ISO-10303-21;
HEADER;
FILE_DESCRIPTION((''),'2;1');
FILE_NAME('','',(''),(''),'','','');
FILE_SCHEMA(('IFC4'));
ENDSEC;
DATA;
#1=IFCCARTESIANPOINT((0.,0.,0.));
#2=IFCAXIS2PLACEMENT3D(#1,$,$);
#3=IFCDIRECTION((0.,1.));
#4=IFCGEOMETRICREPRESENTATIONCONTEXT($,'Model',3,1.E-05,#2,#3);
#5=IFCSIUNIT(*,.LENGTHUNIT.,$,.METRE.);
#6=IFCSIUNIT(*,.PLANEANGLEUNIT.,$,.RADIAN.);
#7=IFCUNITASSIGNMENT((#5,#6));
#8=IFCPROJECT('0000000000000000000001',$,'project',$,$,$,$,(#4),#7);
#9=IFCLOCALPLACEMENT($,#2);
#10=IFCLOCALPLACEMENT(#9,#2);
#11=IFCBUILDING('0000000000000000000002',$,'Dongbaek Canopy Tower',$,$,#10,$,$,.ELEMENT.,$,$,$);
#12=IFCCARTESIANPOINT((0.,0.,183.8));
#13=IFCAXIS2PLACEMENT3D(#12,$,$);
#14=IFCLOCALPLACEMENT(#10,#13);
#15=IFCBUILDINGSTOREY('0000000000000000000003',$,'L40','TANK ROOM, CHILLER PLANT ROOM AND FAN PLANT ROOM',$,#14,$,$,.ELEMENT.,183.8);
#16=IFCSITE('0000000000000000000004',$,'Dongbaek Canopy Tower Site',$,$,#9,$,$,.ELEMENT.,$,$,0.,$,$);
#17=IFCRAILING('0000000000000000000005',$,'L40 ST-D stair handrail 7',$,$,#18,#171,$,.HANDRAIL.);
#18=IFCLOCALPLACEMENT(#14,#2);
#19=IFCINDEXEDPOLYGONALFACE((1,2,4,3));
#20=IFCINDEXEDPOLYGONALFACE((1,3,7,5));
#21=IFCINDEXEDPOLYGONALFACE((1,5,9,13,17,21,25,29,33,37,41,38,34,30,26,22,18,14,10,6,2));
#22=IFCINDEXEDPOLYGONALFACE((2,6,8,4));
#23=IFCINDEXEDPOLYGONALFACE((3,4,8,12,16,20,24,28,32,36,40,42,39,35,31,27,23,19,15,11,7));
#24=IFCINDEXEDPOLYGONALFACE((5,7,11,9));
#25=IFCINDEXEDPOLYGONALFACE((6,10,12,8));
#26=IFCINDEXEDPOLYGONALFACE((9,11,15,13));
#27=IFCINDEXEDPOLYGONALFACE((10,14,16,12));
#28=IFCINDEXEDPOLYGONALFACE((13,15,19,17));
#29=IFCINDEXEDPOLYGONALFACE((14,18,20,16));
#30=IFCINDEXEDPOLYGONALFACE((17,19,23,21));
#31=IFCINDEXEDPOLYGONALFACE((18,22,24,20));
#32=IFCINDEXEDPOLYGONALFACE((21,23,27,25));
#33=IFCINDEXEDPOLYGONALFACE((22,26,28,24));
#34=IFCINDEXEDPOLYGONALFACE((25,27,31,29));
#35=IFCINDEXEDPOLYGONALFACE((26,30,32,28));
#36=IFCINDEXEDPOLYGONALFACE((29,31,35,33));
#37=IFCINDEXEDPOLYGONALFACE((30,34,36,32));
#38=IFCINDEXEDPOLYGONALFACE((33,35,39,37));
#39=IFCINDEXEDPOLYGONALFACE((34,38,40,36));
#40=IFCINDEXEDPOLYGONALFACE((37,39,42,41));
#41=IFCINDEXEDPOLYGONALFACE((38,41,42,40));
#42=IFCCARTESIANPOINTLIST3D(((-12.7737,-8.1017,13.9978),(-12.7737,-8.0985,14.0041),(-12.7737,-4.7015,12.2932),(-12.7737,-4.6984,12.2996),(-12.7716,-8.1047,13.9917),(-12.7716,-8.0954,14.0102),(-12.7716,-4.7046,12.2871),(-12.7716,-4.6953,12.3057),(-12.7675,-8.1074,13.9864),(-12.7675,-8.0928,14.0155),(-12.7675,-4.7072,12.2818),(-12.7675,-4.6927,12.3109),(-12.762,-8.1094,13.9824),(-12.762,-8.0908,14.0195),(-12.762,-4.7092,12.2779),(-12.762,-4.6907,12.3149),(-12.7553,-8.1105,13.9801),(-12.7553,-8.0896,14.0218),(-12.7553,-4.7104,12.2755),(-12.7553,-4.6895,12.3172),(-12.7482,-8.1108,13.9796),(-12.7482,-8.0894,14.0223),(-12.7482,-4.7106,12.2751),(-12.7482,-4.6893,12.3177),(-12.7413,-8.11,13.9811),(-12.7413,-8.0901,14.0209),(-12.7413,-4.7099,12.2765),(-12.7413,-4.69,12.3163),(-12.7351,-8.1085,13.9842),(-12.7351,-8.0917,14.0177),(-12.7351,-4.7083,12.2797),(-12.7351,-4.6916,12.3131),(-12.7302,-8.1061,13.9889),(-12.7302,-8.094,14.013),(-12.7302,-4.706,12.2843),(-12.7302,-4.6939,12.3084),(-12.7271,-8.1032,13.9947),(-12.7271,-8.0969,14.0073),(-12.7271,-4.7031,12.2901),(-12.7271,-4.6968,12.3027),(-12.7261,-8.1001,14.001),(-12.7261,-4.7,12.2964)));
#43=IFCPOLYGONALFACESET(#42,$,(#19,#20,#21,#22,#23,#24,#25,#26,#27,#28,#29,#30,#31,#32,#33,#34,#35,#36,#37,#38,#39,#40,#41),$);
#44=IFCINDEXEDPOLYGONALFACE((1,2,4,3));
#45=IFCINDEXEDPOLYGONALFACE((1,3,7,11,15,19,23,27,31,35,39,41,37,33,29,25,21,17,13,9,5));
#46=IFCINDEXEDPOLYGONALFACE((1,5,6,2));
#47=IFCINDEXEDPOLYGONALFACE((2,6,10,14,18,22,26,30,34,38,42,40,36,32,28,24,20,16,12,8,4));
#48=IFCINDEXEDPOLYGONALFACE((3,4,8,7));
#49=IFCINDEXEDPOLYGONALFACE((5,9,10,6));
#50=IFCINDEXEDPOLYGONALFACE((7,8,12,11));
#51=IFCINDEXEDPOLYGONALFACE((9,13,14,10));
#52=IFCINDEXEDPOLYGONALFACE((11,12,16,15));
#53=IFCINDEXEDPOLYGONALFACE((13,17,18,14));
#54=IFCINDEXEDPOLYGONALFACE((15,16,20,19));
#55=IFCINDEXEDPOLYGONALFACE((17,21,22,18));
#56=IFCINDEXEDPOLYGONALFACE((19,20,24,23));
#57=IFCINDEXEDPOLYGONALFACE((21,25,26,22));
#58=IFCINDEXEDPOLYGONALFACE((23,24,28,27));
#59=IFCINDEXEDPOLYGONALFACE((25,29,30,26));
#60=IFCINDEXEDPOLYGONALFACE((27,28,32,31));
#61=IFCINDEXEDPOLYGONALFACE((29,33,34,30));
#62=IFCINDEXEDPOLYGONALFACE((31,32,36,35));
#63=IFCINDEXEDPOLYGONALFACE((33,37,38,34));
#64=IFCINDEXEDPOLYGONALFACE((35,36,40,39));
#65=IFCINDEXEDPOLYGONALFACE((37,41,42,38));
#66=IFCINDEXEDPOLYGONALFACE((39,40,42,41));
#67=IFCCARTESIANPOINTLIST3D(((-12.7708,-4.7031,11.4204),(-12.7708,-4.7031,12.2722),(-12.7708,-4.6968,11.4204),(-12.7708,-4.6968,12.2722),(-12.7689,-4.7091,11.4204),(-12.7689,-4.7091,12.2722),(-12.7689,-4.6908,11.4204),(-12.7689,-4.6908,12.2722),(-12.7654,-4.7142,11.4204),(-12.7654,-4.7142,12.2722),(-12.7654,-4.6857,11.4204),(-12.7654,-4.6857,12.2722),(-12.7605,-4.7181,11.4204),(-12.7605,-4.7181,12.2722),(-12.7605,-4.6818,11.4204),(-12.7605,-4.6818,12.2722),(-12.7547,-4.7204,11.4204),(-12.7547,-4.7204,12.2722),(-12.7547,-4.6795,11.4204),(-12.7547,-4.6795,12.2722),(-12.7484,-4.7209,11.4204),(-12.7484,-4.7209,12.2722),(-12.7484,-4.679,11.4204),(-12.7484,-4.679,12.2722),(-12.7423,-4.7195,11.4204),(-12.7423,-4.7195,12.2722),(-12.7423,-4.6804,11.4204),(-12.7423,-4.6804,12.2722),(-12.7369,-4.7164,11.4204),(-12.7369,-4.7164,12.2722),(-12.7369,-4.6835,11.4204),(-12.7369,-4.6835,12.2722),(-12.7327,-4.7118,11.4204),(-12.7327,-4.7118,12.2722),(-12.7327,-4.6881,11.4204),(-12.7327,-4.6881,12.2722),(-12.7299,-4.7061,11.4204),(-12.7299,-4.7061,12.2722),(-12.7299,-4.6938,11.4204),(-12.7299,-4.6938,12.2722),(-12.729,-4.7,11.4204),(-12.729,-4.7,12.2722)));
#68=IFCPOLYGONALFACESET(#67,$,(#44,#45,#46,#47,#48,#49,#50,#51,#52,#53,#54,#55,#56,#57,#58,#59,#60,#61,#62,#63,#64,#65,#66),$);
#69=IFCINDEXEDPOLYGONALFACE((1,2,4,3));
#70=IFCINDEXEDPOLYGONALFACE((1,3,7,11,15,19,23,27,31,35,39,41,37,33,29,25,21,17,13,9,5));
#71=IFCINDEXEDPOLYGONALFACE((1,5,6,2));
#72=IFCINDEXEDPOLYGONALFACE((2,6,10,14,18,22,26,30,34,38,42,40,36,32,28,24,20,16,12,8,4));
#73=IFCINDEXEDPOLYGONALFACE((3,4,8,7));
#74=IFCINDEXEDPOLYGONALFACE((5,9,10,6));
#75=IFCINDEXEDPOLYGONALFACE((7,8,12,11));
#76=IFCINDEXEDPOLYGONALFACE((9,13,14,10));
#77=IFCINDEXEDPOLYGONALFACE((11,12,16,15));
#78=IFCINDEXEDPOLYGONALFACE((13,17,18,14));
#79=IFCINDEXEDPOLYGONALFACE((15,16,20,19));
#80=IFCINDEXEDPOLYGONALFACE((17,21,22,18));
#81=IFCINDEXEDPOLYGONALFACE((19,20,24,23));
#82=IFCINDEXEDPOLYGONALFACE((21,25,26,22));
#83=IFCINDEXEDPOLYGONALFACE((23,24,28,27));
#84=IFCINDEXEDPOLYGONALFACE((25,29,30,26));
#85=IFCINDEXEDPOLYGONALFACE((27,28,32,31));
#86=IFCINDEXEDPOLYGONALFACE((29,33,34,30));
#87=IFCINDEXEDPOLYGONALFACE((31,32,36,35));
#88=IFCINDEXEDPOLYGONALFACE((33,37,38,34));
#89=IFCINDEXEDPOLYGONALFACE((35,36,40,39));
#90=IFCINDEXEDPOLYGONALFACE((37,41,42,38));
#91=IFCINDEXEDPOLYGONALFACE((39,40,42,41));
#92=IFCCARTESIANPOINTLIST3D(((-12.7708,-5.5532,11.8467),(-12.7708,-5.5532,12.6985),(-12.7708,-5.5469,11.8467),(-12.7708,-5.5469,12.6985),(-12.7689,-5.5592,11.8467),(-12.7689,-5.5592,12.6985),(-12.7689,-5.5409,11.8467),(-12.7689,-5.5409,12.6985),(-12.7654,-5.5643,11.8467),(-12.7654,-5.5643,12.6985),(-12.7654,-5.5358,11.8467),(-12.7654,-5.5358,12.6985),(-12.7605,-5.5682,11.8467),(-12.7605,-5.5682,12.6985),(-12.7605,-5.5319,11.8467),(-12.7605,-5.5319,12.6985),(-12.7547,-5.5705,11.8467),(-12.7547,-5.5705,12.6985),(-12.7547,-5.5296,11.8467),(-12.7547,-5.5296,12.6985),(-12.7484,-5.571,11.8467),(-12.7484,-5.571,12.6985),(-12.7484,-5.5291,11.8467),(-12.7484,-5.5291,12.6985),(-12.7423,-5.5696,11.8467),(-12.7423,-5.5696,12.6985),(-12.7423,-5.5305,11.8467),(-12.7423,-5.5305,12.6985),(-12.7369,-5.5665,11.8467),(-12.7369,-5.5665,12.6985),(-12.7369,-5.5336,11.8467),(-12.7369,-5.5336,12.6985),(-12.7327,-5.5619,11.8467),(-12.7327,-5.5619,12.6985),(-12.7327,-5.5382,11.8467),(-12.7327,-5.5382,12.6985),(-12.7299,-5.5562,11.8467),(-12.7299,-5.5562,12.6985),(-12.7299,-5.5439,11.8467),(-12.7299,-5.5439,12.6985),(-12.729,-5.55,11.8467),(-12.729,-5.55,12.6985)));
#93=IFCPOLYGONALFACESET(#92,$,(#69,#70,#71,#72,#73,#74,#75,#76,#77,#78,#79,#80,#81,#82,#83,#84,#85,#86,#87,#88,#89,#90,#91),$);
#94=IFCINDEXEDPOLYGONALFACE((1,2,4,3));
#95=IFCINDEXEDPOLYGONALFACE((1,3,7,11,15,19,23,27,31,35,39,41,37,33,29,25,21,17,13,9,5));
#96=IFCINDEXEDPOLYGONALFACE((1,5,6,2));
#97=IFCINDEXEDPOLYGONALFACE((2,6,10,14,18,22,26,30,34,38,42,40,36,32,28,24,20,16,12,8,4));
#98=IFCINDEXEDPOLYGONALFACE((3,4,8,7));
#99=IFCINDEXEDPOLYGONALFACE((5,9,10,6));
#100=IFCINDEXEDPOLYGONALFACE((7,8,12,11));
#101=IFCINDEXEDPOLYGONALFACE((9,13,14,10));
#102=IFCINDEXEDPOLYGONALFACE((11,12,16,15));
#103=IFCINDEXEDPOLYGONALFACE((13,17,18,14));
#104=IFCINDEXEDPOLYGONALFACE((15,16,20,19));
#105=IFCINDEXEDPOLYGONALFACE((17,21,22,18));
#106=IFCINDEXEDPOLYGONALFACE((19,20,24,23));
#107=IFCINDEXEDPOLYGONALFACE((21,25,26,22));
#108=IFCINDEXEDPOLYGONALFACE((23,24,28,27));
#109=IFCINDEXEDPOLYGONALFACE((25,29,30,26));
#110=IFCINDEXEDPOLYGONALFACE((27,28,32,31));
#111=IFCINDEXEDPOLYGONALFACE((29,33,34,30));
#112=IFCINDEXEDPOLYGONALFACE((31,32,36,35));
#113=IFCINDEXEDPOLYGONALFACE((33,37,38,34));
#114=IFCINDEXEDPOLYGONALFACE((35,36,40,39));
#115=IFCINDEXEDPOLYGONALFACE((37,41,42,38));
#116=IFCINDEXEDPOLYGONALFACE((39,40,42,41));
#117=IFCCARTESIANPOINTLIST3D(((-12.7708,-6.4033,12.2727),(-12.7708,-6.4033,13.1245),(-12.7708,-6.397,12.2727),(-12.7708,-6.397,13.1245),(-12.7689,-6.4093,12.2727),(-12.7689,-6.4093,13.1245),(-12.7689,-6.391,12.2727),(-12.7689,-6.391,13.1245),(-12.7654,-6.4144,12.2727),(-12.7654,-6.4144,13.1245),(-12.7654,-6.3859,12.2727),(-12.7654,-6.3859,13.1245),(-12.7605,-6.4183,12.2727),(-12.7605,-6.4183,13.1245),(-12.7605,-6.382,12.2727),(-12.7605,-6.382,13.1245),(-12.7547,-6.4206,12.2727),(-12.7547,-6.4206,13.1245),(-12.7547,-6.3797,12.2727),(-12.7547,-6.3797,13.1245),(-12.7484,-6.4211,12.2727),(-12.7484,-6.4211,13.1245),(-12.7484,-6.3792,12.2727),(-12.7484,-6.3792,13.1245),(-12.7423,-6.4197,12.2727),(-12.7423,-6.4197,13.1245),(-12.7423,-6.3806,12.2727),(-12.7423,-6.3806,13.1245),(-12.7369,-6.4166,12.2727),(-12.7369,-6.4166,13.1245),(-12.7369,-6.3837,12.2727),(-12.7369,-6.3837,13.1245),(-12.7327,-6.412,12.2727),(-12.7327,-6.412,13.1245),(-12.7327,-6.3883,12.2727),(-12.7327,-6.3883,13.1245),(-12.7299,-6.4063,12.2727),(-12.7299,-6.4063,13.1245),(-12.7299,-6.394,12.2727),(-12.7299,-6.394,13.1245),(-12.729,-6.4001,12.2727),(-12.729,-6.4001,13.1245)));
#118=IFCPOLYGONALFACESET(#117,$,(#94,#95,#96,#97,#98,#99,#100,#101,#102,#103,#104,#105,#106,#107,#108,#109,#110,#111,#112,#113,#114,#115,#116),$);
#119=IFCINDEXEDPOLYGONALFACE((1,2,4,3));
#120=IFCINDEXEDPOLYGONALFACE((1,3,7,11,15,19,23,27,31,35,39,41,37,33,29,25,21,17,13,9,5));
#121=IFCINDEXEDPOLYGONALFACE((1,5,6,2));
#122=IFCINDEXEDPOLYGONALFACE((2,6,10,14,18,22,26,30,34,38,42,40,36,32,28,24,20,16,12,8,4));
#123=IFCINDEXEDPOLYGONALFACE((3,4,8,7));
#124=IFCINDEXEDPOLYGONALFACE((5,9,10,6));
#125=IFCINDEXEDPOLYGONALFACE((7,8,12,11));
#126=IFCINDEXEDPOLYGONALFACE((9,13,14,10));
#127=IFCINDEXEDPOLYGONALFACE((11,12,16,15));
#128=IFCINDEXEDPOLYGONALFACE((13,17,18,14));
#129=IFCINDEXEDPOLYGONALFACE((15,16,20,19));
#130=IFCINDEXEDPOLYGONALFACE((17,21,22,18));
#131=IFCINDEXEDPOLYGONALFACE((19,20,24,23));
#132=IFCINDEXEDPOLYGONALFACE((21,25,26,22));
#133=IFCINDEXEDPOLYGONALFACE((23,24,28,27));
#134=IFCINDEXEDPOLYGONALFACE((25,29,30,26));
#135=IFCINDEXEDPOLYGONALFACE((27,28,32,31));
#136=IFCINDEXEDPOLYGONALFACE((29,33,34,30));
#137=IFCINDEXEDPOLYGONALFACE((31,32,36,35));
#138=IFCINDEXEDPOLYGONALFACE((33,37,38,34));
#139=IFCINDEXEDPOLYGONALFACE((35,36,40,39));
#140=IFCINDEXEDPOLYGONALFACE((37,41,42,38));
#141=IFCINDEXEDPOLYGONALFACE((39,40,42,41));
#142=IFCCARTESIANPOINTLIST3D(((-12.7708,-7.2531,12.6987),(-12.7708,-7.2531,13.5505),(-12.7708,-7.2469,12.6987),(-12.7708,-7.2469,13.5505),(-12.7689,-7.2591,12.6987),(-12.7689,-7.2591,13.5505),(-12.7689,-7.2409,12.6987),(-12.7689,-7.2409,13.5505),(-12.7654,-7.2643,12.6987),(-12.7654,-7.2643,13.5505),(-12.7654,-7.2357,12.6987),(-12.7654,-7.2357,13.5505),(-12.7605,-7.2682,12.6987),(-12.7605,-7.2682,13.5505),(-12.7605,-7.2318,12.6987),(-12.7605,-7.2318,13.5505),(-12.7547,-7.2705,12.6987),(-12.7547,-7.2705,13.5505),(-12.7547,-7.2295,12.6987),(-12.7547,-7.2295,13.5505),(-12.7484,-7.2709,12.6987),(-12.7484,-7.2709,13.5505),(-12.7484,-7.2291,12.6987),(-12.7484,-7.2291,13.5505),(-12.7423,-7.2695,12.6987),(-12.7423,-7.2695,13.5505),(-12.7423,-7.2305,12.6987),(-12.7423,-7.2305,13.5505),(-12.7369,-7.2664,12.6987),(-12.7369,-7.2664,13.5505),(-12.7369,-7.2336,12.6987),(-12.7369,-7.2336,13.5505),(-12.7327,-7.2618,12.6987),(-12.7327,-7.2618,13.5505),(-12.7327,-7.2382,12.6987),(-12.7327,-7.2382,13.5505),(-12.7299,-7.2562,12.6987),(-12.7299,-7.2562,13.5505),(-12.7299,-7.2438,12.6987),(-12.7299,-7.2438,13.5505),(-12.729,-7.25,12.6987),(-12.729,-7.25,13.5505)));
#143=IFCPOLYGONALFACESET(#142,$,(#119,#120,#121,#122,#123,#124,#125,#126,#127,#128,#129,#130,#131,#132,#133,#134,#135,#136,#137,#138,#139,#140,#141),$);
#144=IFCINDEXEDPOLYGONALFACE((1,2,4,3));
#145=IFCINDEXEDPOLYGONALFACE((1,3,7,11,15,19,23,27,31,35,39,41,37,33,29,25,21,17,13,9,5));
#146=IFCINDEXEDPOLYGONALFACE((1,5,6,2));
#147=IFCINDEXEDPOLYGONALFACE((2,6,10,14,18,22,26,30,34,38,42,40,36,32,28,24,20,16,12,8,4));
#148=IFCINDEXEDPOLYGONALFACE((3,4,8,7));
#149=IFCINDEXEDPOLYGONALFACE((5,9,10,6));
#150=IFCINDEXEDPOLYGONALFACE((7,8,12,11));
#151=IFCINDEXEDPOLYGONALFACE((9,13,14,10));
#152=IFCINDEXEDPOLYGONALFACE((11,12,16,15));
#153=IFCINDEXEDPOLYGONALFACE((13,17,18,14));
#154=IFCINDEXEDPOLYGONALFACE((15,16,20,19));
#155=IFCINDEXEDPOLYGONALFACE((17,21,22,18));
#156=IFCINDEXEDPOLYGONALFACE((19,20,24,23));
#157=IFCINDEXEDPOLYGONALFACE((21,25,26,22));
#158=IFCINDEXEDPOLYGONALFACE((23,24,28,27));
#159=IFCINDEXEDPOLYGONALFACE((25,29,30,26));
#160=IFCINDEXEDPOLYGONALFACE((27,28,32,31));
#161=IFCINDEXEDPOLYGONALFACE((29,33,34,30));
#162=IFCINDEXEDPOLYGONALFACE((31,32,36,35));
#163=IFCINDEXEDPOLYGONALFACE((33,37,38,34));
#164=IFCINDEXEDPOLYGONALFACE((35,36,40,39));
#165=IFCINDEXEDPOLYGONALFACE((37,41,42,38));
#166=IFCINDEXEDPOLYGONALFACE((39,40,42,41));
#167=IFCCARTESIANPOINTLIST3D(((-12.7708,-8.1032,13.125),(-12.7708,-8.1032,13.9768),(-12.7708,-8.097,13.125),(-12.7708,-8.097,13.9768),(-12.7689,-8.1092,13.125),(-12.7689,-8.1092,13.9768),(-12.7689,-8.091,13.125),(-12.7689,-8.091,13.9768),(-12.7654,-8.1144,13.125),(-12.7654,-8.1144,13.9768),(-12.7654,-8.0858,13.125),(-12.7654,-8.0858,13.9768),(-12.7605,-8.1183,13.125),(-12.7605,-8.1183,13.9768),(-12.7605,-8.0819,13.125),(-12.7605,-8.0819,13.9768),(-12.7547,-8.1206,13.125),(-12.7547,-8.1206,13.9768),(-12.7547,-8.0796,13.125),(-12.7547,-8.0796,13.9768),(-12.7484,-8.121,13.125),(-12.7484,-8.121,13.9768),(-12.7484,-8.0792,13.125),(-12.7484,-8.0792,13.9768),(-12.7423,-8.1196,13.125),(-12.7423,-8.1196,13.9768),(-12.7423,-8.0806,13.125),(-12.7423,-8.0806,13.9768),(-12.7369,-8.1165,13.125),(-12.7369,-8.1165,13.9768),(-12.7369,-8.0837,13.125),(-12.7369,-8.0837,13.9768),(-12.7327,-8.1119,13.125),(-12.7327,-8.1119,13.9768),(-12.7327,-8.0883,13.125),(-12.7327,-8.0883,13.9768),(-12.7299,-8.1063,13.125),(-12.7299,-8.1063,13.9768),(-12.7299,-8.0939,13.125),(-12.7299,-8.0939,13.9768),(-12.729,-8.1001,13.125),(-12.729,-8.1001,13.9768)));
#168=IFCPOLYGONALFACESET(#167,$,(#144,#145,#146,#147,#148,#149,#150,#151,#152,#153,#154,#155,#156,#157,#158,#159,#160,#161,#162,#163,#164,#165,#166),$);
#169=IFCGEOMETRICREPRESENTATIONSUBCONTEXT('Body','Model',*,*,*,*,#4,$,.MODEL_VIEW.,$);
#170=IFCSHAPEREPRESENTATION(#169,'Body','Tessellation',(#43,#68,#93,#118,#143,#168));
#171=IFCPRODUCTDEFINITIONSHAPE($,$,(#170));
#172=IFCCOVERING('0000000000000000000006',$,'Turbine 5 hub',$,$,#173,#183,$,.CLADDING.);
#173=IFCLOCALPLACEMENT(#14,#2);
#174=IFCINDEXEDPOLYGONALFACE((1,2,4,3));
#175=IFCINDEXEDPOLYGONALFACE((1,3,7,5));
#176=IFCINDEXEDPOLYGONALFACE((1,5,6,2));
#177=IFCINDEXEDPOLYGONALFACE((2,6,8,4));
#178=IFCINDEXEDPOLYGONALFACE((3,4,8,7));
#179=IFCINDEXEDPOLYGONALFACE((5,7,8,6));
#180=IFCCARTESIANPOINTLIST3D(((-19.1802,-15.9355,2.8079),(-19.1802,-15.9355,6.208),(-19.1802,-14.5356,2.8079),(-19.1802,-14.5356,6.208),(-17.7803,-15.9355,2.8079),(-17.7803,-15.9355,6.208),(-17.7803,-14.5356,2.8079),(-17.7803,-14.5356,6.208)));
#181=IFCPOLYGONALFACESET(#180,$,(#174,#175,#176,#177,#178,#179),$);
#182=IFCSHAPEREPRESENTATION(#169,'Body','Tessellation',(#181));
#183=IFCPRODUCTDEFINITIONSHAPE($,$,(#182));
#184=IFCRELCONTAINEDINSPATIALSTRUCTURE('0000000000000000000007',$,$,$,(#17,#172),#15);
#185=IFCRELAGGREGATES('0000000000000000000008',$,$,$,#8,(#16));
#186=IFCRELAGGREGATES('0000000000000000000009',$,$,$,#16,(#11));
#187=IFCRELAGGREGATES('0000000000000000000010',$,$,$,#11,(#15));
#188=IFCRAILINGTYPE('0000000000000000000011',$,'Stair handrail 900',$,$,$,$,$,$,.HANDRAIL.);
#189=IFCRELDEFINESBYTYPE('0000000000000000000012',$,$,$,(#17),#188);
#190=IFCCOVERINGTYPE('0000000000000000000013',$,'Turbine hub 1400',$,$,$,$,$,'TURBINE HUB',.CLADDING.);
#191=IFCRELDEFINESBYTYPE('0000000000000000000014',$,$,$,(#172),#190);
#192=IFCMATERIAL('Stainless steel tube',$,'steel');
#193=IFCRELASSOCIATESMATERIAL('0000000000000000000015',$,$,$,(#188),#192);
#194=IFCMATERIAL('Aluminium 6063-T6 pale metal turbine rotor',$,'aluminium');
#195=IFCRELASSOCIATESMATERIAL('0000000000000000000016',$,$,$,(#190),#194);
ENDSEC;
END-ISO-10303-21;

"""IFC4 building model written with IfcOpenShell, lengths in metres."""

from ifc_helpers import new_model, si_unit, direction, frame, origin, origin_2d, place, context, subcontext, project, spatial, rectangle, circle, extrude, material, material_profile, profile_set, type_object, element, save


model = new_model("IFC4")

# Units and contexts
model_context = context("Model", 3, precision=1e-05, world=origin(), true_north=direction((0.0, 1.0)))
body_context = subcontext(model_context, "Body", "Model", "MODEL_VIEW")
ifc_project = project(units=[si_unit("LENGTHUNIT", "METRE"), si_unit("PLANEANGLEUNIT", "RADIAN")], contexts=[model_context])

# Site, building, storey
site_placement = place(None, origin())
site = spatial("IfcSite", under=ifc_project, at=site_placement, Name="Dongbaek Canopy Tower Site", CompositionType="ELEMENT", RefElevation=0.0)
building_placement = place(site_placement, origin())
building = spatial("IfcBuilding", under=site, at=building_placement, Name="Dongbaek Canopy Tower", CompositionType="ELEMENT")
storey_placement = place(building_placement, frame((0.0, 0.0, 183.8)))
storey = spatial("IfcBuildingStorey", under=building, at=storey_placement, Name="L40", Description="TANK ROOM, CHILLER PLANT ROOM AND FAN PLANT ROOM", CompositionType="ELEMENT", Elevation=183.8)

# Railing
ifc_material_1 = material(Name="Stainless steel tube", Category="steel")
railing_type_1 = type_object("IfcRailingType", Name="Stair handrail 900", PredefinedType="HANDRAIL", material=ifc_material_1)
for number, where, name in (
    (1, (-12.75, -4.7, 11.4204), "L40 ST-D stair handrail 7"),
):
    element("IfcRailing", number, at=place(storey_placement, frame(where)), inside=storey, type_object=railing_type_1, Name=name, PredefinedType="HANDRAIL", context=body_context, shape_type="SweptSolid", body=[
        extrude(circle(Radius=0.0239, at=origin_2d()), frame((0.0, 0.0, 0.876), z_axis=(0.0, -0.893952, 0.448163), x_axis=(1.0, 0.0, 0.0)), (0.0, 0.0, 1.0), 3.8035),
        extrude(circle(Radius=0.021, at=origin_2d()), origin(), (0.0, 0.0, 1.0), 0.8518),
        extrude(circle(Radius=0.021, at=origin_2d()), frame((0.0, -0.8501, 0.4263)), (0.0, 0.0, 1.0), 0.8518),
        extrude(circle(Radius=0.021, at=origin_2d()), frame((0.0, -1.7002, 0.8523)), (0.0, 0.0, 1.0), 0.8518),
        extrude(circle(Radius=0.021, at=origin_2d()), frame((0.0, -2.55, 1.2783)), (0.0, 0.0, 1.0), 0.8518),
        extrude(circle(Radius=0.021, at=origin_2d()), frame((0.0, -3.4001, 1.7046)), (0.0, 0.0, 1.0), 0.8518),
    ])

# Covering
ifc_material_2 = material(Name="Aluminium 6063-T6 pale metal turbine rotor", Category="aluminium")
ifc_material_profile_1 = material_profile(ifc_material_2, rectangle(XDim=1.3999, YDim=1.3999, at=origin_2d()), Name="Turbine hub 1400")
ifc_profile_set_1 = profile_set([ifc_material_profile_1], Name="Aluminium 6063-T6 pale metal turbine rotor")
covering_type = type_object("IfcCoveringType", Name="Turbine hub 1400", ElementType="TURBINE HUB", PredefinedType="CLADDING", material=ifc_profile_set_1)
covering_placement = place(storey_placement, frame((-18.4802, -15.2356, 2.8079), z_axis=(0.0, 0.0, 1.0), x_axis=(1.0, 0.0, 0.0)))
element("IfcCovering", 2, at=covering_placement, inside=storey, type_object=covering_type, Name="Turbine 5 hub", PredefinedType="CLADDING", context=body_context, shape_type="SweptSolid", body=[
    extrude(rectangle(XDim=1.3999, YDim=1.3999, at=origin_2d()), origin(), (0.0, 0.0, 1.0), 3.4001),
])

save(model, "model.ifc")
